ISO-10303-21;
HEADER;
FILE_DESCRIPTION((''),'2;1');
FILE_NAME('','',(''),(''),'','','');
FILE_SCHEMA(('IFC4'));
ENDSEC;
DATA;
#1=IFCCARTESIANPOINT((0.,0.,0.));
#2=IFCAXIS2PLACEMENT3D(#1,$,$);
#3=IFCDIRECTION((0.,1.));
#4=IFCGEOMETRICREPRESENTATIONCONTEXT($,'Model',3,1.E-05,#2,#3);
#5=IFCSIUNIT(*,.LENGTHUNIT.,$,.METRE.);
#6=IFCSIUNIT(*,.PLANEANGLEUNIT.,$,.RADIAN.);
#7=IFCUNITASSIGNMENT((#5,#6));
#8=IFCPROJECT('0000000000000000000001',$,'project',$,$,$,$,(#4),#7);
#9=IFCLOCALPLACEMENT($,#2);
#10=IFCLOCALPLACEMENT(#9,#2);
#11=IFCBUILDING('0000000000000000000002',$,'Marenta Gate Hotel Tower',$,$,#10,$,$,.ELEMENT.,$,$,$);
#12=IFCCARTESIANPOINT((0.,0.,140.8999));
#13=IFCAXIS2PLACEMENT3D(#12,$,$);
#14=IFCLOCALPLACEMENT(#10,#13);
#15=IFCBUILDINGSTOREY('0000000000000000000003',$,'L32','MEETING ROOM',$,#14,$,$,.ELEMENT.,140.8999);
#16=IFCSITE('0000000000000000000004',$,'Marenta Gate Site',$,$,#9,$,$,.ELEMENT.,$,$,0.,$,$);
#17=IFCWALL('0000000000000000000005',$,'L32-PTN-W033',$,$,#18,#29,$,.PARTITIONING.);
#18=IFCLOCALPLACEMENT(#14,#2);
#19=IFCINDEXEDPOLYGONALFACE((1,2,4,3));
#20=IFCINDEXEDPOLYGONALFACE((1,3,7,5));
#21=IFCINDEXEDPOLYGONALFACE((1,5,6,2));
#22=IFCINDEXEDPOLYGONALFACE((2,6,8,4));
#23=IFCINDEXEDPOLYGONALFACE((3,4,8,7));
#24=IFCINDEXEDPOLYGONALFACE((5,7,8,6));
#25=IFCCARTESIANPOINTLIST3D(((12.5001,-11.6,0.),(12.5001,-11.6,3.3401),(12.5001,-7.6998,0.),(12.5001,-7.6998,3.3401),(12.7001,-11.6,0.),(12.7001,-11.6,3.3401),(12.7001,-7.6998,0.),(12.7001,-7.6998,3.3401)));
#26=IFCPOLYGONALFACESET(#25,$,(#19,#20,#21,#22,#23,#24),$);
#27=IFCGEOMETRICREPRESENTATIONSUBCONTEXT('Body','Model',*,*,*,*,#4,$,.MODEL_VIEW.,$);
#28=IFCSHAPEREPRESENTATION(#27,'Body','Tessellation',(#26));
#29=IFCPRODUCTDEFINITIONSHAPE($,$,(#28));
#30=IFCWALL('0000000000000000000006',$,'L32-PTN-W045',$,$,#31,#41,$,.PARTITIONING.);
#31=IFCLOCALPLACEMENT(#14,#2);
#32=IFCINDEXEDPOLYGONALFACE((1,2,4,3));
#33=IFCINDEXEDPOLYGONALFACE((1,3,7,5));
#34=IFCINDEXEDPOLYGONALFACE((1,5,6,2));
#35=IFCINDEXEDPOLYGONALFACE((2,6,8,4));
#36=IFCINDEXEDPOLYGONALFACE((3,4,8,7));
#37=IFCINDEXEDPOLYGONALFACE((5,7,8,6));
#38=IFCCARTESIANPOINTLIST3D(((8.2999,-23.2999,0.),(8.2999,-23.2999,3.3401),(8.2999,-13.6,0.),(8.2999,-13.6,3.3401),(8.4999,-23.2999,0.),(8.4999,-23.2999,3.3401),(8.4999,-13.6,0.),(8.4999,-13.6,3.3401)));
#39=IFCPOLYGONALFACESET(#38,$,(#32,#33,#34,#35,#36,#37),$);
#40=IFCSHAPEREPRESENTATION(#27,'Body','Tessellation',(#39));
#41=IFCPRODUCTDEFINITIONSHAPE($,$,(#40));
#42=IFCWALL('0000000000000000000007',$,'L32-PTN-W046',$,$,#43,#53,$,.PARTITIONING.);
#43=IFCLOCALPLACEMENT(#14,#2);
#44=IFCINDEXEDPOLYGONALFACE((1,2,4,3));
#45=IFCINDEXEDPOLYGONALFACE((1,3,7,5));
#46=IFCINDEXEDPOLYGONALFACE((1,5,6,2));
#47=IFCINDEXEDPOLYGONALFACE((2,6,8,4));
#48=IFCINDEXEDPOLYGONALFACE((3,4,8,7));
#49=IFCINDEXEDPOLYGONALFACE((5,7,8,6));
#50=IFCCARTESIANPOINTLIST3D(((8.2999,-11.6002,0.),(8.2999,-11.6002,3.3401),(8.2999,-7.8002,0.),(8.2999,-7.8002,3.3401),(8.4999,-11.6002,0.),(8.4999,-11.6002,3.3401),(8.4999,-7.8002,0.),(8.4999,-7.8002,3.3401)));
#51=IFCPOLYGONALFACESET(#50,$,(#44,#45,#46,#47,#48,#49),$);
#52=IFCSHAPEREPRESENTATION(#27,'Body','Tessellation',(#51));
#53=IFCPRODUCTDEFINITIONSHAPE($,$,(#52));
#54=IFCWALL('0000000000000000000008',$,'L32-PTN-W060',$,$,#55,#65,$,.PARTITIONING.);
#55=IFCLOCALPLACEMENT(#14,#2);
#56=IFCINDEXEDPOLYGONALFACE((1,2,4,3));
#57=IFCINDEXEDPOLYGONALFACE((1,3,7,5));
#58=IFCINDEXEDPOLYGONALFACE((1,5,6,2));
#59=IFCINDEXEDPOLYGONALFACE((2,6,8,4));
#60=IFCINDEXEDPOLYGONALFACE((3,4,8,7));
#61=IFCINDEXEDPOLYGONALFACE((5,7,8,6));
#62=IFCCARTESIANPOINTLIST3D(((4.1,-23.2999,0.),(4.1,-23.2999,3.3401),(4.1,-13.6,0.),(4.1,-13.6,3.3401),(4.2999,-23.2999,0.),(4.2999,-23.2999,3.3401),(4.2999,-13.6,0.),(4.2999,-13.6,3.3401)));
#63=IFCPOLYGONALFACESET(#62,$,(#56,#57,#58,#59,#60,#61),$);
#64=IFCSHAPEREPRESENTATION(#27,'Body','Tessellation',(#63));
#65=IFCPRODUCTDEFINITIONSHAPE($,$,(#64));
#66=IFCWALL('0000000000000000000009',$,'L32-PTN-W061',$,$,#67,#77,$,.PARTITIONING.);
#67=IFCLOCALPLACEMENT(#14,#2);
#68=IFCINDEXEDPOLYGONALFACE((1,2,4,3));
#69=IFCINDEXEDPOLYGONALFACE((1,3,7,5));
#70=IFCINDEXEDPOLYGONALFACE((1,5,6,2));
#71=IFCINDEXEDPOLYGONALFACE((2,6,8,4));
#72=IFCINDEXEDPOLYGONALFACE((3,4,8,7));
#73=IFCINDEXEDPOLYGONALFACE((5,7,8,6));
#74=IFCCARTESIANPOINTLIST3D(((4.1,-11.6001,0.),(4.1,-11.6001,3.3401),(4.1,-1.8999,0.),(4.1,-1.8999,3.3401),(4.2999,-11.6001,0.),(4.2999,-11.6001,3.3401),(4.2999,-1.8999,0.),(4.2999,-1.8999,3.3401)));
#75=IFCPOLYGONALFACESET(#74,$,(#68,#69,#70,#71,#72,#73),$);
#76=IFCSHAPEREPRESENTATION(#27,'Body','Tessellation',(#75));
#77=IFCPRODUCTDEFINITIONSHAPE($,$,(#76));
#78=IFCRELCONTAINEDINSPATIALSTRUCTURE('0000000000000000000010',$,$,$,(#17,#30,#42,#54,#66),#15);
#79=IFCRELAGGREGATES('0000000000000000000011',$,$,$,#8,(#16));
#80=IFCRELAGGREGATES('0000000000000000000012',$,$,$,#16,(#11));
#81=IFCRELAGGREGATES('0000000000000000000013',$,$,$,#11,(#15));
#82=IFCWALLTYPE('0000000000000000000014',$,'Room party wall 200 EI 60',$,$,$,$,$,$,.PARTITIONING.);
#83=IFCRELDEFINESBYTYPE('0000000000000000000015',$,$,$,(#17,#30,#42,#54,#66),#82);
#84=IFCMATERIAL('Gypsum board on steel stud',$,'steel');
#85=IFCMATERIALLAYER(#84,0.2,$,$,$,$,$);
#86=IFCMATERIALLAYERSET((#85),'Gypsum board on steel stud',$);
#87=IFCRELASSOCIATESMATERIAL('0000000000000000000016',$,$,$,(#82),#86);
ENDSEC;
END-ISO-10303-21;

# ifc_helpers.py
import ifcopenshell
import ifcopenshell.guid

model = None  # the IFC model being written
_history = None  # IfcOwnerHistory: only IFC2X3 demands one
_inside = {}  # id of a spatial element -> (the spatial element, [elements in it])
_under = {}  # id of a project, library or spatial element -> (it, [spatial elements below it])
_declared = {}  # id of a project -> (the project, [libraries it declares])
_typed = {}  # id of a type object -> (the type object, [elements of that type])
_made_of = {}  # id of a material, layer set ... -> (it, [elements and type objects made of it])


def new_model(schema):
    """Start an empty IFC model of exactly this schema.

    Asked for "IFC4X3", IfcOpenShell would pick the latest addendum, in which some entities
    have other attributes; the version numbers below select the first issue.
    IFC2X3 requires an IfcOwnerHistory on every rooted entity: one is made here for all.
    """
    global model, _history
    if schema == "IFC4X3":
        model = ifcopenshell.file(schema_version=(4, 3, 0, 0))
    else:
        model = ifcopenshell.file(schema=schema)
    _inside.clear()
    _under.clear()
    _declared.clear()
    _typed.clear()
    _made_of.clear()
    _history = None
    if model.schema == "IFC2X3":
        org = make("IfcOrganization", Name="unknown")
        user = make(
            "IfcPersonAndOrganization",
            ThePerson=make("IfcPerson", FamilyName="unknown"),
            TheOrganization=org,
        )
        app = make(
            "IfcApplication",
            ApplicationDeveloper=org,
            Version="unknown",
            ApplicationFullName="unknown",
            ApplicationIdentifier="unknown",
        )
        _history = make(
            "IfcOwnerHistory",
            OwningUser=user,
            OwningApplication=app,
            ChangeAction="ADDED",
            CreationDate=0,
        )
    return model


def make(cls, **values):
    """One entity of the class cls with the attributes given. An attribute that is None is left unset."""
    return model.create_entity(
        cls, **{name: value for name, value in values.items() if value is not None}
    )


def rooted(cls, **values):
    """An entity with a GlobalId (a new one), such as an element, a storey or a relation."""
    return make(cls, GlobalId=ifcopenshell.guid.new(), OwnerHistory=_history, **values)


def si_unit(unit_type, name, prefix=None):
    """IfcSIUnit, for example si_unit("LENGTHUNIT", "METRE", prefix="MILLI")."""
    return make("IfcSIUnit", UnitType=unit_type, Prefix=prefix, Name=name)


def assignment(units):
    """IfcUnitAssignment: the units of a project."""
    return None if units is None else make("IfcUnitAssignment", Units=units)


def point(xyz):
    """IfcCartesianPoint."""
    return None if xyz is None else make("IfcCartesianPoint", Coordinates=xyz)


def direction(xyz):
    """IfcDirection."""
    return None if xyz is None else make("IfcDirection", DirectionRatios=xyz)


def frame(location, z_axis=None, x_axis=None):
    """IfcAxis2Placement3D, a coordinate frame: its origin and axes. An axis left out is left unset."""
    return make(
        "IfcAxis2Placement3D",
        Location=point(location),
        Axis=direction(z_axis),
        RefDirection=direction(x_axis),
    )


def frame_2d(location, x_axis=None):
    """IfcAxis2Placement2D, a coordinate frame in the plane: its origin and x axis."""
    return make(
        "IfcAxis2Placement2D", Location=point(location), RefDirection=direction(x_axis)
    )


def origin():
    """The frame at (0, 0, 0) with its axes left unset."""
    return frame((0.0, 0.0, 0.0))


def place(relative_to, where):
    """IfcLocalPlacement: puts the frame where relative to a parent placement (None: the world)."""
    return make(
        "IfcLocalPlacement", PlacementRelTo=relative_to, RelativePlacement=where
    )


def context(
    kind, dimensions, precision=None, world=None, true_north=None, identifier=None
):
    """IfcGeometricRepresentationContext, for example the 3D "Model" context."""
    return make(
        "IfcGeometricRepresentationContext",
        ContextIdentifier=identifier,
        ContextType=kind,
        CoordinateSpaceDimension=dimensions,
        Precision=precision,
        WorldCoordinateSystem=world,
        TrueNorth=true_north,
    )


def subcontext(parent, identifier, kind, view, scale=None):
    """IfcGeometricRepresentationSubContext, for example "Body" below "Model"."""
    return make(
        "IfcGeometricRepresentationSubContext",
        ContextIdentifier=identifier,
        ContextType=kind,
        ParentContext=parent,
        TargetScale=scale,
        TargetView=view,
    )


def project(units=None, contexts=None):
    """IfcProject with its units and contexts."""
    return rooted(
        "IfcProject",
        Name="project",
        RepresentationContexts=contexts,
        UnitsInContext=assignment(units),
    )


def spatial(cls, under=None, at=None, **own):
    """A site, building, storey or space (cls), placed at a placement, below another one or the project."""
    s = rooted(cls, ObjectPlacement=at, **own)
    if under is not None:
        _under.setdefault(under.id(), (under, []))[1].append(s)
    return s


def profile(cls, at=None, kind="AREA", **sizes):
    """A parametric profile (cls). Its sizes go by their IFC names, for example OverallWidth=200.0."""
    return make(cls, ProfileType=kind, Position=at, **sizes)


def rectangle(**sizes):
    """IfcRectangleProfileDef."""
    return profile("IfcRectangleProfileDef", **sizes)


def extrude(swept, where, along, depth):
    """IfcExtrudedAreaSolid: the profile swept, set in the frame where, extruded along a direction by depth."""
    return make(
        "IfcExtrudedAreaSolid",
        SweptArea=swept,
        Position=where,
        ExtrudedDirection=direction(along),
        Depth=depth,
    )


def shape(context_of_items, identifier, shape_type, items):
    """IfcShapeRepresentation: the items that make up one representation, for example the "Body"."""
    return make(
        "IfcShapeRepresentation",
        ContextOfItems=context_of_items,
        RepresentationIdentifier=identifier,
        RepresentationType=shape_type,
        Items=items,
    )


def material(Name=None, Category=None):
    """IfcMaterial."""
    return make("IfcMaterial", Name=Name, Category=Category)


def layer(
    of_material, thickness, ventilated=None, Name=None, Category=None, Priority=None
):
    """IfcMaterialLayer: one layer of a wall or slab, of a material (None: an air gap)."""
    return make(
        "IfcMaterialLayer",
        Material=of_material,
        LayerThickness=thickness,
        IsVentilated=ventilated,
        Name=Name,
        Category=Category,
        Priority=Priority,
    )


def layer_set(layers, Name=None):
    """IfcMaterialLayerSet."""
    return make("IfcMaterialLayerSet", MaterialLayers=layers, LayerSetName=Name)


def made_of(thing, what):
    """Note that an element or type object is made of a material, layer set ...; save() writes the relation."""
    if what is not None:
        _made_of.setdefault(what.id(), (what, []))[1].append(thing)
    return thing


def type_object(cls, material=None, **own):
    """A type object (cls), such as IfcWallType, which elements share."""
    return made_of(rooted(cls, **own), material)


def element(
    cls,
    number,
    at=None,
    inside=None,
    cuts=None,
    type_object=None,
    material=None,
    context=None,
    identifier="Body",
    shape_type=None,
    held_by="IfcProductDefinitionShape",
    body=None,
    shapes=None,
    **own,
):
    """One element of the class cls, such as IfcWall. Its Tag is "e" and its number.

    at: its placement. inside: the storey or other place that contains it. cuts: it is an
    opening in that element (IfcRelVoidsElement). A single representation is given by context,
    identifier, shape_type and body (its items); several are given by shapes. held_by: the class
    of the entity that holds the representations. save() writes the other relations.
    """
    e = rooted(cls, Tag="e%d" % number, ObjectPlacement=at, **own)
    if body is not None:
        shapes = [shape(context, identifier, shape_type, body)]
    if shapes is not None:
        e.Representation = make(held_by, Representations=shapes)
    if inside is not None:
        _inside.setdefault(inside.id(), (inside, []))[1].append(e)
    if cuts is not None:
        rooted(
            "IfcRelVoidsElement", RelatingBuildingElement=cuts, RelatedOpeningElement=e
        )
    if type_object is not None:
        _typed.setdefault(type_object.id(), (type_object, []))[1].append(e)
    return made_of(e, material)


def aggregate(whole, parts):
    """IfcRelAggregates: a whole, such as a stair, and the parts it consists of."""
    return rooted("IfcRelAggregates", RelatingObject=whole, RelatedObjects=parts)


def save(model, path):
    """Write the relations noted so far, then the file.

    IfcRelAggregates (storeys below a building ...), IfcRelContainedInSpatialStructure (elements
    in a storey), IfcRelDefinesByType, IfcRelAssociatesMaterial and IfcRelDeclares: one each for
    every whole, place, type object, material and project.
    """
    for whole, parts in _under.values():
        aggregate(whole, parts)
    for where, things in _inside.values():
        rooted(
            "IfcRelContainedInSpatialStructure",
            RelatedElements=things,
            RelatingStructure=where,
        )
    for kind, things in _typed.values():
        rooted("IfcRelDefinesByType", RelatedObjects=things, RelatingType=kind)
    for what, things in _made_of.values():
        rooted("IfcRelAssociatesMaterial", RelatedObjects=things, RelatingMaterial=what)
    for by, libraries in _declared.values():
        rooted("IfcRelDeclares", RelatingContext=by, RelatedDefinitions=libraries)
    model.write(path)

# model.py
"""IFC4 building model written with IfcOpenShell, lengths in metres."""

from ifc_helpers import new_model, si_unit, direction, frame, frame_2d, origin, place, context, subcontext, project, spatial, rectangle, extrude, material, layer, layer_set, type_object, element, save


model = new_model("IFC4")

# Units and contexts
model_context = context("Model", 3, precision=1e-05, world=origin(), true_north=direction((0.0, 1.0)))
body_context = subcontext(model_context, "Body", "Model", "MODEL_VIEW")
ifc_project = project(units=[si_unit("LENGTHUNIT", "METRE"), si_unit("PLANEANGLEUNIT", "RADIAN")], contexts=[model_context])

# Site, building, storey
site_placement = place(None, origin())
site = spatial("IfcSite", under=ifc_project, at=site_placement, Name="Marenta Gate Site", CompositionType="ELEMENT", RefElevation=0.0)
building_placement = place(site_placement, origin())
building = spatial("IfcBuilding", under=site, at=building_placement, Name="Marenta Gate Hotel Tower", CompositionType="ELEMENT")
storey_placement = place(building_placement, frame((0.0, 0.0, 140.8999)))
storey = spatial("IfcBuildingStorey", under=building, at=storey_placement, Name="L32", Description="MEETING ROOM", CompositionType="ELEMENT", Elevation=140.8999)

# Walls
ifc_material_1 = material(Name="Gypsum board on steel stud", Category="steel")
ifc_layer_1 = layer(ifc_material_1, 0.2)
ifc_layer_set_1 = layer_set([ifc_layer_1], Name="Gypsum board on steel stud")
wall_type_1 = type_object("IfcWallType", Name="Room party wall 200 EI 60", PredefinedType="PARTITIONING", material=ifc_layer_set_1)
wall_1_placement = place(storey_placement, frame((12.6001, -11.6001, 0.0), z_axis=(0.0, 0.0, 1.0), x_axis=(0.0, 1.0, 0.0)))
element("IfcWall", 1, at=wall_1_placement, inside=storey, type_object=wall_type_1, Name="L32-PTN-W033", PredefinedType="PARTITIONING", context=body_context, shape_type="SweptSolid", body=[
    extrude(rectangle(XDim=3.9001, YDim=0.2, at=frame_2d((1.9502, 0.0))), origin(), (0.0, 0.0, 1.0), 3.3401),
])
wall_2_placement = place(storey_placement, frame((8.3999, -23.3, 0.0), z_axis=(0.0, 0.0, 1.0), x_axis=(0.0, 1.0, 0.0)))
element("IfcWall", 2, at=wall_2_placement, inside=storey, type_object=wall_type_1, Name="L32-PTN-W045", PredefinedType="PARTITIONING", context=body_context, shape_type="SweptSolid", body=[
    extrude(rectangle(XDim=9.7, YDim=0.2, at=frame_2d((4.8501, 0.0))), origin(), (0.0, 0.0, 1.0), 3.3401),
])
wall_3_placement = place(storey_placement, frame((8.3999, -11.6001, 0.0), z_axis=(0.0, 0.0, 1.0), x_axis=(0.0, 1.0, 0.0)))
element("IfcWall", 3, at=wall_3_placement, inside=storey, type_object=wall_type_1, Name="L32-PTN-W046", PredefinedType="PARTITIONING", context=body_context, shape_type="SweptSolid", body=[
    extrude(rectangle(XDim=3.8, YDim=0.2, at=frame_2d((1.8999, 0.0))), origin(), (0.0, 0.0, 1.0), 3.3401),
])
wall_4_placement = place(storey_placement, frame((4.2, -23.3, 0.0), z_axis=(0.0, 0.0, 1.0), x_axis=(0.0, 1.0, 0.0)))
element("IfcWall", 4, at=wall_4_placement, inside=storey, type_object=wall_type_1, Name="L32-PTN-W060", PredefinedType="PARTITIONING", context=body_context, shape_type="SweptSolid", body=[
    extrude(rectangle(XDim=9.7, YDim=0.2, at=frame_2d((4.8501, 0.0))), origin(), (0.0, 0.0, 1.0), 3.3401),
])
wall_5_placement = place(storey_placement, frame((4.2, -11.6001, 0.0), z_axis=(0.0, 0.0, 1.0), x_axis=(0.0, 1.0, 0.0)))
element("IfcWall", 5, at=wall_5_placement, inside=storey, type_object=wall_type_1, Name="L32-PTN-W061", PredefinedType="PARTITIONING", context=body_context, shape_type="SweptSolid", body=[
    extrude(rectangle(XDim=9.7002, YDim=0.2, at=frame_2d((4.8501, 0.0))), origin(), (0.0, 0.0, 1.0), 3.3401),
])

save(model, "model.ifc")
